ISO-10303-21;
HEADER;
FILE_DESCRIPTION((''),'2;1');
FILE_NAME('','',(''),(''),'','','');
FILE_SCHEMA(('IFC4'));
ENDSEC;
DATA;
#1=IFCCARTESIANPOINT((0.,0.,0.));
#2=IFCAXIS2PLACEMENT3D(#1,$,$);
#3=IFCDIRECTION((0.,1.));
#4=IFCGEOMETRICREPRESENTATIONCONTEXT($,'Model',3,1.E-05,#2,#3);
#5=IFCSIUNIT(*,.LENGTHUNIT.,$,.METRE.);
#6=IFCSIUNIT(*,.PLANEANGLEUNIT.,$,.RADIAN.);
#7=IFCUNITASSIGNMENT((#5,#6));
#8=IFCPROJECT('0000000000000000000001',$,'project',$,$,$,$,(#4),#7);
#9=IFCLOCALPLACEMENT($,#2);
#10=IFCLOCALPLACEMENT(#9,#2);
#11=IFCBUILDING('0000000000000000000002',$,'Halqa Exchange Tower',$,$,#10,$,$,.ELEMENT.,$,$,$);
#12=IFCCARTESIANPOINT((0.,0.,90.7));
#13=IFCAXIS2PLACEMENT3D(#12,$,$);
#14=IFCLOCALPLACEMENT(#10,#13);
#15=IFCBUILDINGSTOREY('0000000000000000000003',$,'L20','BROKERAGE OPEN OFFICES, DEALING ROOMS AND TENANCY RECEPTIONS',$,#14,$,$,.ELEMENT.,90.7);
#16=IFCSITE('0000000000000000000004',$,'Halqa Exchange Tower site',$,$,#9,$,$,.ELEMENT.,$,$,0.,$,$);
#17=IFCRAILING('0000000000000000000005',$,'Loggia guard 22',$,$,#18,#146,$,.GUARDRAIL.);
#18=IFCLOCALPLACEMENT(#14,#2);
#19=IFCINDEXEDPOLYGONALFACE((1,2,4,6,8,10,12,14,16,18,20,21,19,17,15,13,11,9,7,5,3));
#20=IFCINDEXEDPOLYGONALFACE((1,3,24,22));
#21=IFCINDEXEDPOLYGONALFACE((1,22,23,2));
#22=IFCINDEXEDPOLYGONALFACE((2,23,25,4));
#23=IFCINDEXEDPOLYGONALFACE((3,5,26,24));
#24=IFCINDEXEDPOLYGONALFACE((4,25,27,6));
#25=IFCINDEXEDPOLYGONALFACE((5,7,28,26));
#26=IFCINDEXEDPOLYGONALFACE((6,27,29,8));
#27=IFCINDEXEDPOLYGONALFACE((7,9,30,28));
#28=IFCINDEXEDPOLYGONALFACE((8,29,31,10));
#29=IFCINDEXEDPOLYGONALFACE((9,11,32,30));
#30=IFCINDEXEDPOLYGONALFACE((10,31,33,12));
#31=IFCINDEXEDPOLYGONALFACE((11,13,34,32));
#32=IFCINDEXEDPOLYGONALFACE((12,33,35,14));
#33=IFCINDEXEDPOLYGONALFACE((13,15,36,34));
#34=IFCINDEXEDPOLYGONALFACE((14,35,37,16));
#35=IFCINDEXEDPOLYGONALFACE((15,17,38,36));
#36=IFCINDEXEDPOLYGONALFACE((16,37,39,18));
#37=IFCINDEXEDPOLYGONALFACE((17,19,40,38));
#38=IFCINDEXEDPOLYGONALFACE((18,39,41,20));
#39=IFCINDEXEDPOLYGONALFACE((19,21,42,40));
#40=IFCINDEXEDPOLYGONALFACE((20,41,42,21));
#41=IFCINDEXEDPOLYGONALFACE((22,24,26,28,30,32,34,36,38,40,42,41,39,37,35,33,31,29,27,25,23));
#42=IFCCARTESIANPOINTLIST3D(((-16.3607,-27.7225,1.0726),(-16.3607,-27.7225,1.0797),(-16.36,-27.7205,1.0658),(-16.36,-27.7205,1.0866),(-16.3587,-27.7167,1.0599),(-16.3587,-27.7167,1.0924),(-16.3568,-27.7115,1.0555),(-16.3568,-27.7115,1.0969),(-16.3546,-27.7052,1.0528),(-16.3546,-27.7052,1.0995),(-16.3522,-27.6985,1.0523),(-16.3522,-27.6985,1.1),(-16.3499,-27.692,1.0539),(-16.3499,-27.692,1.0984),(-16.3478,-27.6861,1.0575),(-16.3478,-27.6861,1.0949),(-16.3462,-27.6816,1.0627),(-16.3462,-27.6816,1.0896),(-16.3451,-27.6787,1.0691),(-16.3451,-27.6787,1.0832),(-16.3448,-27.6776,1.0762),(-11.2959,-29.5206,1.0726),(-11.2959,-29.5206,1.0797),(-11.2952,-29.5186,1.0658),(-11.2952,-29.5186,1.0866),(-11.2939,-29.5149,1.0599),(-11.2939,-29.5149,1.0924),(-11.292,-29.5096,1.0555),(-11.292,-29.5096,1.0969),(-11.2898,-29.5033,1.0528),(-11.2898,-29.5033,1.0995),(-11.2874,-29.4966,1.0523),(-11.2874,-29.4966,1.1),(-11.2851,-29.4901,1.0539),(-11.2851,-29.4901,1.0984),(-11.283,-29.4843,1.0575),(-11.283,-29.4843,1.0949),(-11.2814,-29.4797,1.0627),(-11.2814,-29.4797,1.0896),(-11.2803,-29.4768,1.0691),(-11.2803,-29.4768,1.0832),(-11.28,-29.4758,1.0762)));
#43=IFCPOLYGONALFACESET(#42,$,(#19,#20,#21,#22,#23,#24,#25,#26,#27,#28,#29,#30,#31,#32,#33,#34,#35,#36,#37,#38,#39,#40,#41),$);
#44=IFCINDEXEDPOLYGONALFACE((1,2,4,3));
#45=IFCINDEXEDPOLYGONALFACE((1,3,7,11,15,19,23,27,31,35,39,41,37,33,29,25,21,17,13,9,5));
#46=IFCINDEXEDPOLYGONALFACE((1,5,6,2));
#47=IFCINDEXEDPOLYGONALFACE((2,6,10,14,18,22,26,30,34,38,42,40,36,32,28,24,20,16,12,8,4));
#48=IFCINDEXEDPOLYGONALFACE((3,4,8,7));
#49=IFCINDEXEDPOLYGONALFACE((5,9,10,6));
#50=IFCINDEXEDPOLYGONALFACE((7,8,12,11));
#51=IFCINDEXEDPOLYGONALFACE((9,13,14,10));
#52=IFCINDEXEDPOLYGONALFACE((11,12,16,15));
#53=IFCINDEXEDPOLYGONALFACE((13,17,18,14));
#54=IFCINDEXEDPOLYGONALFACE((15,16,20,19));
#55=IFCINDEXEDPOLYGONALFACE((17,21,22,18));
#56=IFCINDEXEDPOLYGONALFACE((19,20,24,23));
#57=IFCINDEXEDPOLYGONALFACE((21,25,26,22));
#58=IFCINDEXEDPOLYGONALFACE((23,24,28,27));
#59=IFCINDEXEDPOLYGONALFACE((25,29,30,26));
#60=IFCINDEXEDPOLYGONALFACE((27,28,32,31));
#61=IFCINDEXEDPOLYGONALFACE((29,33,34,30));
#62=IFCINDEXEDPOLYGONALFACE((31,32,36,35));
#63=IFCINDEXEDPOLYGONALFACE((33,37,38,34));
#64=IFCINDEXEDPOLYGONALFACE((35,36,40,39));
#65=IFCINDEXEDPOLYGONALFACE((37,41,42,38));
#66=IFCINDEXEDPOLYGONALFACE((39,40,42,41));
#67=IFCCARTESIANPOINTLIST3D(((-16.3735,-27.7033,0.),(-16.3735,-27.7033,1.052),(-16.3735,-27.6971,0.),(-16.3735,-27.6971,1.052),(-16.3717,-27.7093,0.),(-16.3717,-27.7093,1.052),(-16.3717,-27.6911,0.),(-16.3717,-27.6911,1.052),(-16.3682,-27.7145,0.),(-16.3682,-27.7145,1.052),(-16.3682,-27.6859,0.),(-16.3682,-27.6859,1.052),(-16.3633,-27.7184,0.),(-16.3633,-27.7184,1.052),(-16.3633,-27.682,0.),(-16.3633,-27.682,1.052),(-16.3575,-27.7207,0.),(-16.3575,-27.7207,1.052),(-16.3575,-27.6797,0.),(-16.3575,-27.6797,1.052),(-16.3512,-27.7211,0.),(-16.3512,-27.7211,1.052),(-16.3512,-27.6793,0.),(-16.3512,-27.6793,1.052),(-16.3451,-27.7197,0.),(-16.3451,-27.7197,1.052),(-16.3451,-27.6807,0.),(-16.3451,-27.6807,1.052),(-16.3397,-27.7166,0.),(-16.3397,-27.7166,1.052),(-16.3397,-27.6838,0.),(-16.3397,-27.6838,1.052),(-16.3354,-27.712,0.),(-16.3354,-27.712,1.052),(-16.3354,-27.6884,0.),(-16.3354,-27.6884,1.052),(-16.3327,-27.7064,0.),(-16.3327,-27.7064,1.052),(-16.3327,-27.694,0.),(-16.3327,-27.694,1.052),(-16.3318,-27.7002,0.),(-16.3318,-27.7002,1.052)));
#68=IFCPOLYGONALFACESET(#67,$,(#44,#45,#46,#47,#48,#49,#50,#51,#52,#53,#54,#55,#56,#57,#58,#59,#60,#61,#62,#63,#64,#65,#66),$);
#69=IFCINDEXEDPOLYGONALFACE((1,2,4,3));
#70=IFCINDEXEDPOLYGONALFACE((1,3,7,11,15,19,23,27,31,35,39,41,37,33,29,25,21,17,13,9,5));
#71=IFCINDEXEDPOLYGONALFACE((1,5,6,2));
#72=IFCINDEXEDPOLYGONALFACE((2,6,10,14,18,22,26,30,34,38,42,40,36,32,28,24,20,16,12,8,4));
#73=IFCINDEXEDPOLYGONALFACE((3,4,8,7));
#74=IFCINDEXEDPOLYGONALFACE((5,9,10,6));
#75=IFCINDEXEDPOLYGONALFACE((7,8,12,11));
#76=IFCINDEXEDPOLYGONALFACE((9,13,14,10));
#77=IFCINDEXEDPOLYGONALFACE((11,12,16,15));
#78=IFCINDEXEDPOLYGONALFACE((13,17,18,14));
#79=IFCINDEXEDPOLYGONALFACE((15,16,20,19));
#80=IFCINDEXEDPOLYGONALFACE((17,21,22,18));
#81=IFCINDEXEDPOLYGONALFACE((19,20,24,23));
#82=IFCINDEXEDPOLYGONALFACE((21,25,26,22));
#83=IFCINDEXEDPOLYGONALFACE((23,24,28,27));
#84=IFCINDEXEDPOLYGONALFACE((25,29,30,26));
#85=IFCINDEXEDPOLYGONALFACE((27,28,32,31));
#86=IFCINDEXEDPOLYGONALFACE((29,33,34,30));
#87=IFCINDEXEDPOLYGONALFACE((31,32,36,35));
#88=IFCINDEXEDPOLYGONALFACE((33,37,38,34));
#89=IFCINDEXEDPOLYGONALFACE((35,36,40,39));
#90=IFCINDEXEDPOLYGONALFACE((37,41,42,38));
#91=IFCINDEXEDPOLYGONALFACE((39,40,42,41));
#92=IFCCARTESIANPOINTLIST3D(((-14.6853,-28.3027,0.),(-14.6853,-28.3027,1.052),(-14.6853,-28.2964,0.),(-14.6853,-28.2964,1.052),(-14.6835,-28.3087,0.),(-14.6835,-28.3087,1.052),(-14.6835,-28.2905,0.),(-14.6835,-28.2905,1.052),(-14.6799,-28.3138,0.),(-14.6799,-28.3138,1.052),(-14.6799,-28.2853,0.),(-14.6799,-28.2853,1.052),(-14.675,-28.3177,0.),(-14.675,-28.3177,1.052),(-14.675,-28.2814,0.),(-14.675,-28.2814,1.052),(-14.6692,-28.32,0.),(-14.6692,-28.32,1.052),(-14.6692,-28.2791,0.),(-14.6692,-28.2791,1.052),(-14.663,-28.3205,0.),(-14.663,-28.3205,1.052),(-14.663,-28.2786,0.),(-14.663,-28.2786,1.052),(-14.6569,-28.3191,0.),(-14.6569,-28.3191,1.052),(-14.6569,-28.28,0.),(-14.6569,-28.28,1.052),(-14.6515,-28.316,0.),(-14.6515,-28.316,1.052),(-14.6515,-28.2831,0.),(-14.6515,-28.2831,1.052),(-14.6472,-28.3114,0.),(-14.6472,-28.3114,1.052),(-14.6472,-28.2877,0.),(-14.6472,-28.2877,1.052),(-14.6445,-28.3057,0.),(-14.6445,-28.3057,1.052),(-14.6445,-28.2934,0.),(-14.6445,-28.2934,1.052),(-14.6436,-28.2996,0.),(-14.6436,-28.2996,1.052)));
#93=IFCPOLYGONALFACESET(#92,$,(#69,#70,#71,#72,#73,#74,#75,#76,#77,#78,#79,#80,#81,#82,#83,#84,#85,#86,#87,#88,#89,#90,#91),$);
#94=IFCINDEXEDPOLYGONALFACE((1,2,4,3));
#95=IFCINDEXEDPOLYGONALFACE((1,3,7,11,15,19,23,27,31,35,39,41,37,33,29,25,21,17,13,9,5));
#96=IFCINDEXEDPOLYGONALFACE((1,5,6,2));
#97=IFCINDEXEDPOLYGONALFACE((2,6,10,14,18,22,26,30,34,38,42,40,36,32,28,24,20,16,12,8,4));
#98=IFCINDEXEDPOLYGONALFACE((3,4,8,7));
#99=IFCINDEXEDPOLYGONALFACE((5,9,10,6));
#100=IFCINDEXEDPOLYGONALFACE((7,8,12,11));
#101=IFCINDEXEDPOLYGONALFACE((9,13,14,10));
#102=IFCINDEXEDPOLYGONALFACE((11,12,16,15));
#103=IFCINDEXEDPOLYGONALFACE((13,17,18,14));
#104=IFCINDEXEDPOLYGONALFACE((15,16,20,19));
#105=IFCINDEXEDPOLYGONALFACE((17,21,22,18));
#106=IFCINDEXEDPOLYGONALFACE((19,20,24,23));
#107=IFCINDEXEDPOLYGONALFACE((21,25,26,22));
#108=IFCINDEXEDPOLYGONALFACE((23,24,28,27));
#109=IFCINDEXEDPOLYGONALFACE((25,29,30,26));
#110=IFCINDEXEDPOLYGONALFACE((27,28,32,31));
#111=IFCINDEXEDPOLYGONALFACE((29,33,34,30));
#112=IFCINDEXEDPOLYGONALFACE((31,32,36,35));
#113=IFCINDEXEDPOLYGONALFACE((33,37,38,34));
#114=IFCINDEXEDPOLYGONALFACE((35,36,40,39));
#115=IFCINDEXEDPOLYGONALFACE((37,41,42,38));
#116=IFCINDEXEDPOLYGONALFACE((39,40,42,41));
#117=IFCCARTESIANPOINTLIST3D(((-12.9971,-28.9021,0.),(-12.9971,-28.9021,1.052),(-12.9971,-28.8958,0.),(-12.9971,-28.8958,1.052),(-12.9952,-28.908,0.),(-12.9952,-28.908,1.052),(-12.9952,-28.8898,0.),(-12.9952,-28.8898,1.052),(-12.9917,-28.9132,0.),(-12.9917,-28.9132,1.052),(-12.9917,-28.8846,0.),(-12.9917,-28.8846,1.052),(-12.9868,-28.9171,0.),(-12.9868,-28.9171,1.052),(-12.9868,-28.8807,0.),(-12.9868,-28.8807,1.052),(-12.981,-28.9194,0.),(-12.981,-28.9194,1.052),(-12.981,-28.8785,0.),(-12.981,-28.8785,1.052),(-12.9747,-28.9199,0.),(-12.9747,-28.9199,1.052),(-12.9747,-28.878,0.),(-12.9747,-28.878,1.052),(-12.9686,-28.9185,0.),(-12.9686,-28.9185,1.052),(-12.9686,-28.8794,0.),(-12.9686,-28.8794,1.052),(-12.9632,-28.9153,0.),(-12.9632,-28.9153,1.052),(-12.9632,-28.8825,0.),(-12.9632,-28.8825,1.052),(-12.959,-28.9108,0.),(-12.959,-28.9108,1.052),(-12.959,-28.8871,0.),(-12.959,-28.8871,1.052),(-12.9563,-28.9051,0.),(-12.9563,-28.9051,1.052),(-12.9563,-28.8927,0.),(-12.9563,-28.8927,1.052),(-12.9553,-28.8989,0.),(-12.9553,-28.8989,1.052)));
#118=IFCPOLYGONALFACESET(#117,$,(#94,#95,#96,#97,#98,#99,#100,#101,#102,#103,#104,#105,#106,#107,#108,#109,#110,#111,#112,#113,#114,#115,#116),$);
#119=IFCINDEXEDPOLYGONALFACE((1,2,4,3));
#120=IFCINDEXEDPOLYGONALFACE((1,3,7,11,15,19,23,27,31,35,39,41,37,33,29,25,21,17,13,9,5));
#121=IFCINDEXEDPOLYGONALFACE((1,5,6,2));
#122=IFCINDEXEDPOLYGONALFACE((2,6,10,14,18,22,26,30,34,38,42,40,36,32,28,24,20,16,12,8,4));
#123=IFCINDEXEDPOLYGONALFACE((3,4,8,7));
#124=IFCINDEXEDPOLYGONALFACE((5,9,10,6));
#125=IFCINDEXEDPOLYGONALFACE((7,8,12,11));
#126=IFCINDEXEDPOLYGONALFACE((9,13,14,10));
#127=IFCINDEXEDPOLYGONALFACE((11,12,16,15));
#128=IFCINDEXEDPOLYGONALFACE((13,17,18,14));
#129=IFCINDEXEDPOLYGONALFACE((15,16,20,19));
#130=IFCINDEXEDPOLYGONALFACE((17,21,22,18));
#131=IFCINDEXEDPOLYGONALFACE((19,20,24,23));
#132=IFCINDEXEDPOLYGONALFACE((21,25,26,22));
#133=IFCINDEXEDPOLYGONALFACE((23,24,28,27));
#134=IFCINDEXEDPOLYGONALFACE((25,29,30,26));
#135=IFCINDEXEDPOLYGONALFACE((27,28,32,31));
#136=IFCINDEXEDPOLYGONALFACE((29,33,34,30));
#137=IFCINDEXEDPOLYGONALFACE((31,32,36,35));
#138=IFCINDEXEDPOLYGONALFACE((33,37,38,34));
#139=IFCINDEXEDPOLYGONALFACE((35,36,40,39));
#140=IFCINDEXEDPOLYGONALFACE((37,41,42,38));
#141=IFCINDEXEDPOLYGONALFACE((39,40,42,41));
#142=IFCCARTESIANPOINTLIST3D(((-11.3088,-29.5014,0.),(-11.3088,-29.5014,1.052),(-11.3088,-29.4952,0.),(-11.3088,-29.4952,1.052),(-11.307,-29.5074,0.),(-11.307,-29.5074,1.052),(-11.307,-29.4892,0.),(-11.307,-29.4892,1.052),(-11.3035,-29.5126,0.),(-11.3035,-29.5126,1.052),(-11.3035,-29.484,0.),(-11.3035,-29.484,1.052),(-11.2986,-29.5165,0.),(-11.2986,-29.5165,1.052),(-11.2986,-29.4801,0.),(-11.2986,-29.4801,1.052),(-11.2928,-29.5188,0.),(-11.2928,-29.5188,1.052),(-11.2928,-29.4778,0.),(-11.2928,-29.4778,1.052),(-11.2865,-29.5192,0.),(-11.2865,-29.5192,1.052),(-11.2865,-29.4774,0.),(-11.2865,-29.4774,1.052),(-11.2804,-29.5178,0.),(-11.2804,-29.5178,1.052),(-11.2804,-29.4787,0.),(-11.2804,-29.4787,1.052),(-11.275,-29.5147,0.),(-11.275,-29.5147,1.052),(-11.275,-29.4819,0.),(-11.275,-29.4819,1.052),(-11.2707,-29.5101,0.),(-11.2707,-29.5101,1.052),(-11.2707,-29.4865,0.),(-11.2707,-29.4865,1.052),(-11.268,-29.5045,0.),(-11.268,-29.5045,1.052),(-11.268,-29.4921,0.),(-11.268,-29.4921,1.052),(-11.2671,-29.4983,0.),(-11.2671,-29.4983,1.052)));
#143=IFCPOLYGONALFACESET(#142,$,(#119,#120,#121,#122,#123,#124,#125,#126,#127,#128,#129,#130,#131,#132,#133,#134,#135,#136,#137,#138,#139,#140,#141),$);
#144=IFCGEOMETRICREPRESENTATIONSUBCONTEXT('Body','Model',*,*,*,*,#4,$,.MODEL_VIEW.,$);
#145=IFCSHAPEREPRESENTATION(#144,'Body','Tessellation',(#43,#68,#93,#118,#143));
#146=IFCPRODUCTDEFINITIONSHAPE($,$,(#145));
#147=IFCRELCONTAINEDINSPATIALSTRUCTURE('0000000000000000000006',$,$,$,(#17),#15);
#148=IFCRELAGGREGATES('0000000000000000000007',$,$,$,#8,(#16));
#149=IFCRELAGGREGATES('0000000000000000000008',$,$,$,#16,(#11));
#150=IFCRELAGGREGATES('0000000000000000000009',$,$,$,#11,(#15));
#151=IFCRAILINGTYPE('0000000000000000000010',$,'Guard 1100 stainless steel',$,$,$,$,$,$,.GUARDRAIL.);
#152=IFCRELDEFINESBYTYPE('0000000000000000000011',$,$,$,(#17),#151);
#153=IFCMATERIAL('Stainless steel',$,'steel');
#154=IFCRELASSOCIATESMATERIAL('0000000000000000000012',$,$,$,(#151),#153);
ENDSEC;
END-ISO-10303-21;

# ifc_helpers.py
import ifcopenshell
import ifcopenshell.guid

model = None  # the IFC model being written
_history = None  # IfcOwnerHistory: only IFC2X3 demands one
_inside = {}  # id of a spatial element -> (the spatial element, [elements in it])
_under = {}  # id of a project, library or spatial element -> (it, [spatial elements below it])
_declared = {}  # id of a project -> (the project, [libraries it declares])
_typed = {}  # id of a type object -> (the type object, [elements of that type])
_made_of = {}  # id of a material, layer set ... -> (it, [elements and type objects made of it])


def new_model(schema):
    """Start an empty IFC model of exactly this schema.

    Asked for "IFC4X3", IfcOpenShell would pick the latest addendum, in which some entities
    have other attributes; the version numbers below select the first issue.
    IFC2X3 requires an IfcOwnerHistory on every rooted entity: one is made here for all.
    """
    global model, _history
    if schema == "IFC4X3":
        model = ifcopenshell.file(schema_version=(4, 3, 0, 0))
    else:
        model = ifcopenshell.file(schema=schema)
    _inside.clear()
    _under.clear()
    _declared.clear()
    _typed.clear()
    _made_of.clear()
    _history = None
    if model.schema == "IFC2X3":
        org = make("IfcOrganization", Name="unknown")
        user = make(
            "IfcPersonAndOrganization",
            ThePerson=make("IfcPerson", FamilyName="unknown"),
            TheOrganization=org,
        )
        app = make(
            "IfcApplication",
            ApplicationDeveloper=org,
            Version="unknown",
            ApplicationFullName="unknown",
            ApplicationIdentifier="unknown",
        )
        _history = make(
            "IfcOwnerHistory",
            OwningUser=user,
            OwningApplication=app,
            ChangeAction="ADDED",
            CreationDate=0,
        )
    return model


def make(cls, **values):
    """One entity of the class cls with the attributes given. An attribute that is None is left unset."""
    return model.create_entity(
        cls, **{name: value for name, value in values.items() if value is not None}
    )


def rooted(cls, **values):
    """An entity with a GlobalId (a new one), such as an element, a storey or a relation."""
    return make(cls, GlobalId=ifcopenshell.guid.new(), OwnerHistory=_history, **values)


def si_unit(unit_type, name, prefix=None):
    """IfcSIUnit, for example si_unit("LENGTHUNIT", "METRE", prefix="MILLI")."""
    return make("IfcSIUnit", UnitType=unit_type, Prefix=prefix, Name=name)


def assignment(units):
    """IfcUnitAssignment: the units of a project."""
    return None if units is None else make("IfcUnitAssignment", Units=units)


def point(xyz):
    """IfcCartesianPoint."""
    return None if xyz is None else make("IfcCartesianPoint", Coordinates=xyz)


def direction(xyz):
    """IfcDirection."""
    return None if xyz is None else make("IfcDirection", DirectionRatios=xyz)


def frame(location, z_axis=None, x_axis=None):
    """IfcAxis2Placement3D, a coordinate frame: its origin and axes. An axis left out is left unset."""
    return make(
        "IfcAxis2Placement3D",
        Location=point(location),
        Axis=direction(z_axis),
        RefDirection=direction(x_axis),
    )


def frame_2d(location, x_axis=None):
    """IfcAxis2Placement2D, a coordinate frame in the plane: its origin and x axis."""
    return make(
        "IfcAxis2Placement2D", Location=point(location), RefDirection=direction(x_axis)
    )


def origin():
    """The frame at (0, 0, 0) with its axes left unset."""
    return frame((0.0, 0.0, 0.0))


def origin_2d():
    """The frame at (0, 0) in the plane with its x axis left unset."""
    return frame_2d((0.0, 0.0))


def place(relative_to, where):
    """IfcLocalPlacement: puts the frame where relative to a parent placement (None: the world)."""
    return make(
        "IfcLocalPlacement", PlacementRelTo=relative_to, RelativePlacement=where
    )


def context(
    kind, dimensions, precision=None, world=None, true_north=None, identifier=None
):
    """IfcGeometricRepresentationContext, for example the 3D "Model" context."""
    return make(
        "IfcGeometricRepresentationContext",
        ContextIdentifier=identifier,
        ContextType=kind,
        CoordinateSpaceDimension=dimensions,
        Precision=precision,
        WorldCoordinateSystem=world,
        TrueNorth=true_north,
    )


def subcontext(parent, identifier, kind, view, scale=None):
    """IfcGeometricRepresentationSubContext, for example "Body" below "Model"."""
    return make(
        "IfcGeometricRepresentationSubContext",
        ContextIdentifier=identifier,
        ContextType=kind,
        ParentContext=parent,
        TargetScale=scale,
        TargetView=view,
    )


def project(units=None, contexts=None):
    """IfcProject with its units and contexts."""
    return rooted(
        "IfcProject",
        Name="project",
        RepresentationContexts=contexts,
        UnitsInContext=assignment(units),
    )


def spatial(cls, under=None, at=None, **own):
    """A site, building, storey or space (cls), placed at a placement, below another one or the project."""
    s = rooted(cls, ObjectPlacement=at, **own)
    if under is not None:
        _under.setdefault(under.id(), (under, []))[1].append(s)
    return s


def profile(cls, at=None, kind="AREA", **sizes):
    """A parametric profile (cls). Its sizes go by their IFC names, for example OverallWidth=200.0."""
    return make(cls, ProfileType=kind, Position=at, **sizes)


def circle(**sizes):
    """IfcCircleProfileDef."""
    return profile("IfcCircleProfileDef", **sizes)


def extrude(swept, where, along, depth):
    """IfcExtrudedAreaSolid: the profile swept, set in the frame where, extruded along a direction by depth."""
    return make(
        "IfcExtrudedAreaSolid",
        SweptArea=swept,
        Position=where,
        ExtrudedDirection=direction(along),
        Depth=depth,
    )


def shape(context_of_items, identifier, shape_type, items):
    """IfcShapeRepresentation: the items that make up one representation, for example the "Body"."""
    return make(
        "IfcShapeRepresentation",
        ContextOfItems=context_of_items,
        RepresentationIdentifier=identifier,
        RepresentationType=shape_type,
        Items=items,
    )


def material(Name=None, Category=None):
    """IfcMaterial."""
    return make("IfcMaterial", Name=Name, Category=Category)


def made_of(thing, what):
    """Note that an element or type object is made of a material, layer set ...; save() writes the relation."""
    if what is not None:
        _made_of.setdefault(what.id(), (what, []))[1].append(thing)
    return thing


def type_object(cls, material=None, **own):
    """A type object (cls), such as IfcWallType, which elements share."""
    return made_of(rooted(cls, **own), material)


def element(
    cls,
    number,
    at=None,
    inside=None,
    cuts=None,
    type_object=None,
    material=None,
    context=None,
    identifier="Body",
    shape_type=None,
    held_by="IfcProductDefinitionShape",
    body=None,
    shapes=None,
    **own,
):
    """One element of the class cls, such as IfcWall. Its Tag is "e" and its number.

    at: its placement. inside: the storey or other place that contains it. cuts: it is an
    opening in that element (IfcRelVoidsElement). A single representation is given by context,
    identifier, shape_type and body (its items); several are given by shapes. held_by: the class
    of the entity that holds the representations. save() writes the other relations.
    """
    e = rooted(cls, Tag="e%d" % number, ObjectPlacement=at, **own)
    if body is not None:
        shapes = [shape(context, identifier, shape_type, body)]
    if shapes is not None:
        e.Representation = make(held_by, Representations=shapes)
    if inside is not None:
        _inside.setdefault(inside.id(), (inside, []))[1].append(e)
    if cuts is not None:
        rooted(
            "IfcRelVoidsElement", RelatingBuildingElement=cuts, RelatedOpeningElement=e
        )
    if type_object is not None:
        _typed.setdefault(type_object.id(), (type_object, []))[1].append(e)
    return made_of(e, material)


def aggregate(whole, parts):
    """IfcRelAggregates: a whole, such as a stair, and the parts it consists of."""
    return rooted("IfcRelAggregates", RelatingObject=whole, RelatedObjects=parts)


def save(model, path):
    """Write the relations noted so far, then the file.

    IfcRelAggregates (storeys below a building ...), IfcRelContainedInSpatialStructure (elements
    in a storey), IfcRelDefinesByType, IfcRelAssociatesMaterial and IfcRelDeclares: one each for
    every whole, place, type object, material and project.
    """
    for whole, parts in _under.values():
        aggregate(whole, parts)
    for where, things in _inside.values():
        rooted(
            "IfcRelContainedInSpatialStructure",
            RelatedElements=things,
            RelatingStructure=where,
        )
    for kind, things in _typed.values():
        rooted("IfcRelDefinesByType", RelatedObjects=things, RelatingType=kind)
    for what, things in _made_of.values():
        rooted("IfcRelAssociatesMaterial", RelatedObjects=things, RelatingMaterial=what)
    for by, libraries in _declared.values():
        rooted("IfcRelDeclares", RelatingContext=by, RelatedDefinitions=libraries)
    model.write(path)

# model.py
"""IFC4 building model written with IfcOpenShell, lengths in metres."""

from ifc_helpers import new_model, si_unit, direction, frame, origin, origin_2d, place, context, subcontext, project, spatial, circle, extrude, material, type_object, element, save


model = new_model("IFC4")

# Units and contexts
model_context = context("Model", 3, precision=1e-05, world=origin(), true_north=direction((0.0, 1.0)))
body_context = subcontext(model_context, "Body", "Model", "MODEL_VIEW")
ifc_project = project(units=[si_unit("LENGTHUNIT", "METRE"), si_unit("PLANEANGLEUNIT", "RADIAN")], contexts=[model_context])

# Site, building, storey
site_placement = place(None, origin())
site = spatial("IfcSite", under=ifc_project, at=site_placement, Name="Halqa Exchange Tower site", CompositionType="ELEMENT", RefElevation=0.0)
building_placement = place(site_placement, origin())
building = spatial("IfcBuilding", under=site, at=building_placement, Name="Halqa Exchange Tower", CompositionType="ELEMENT")
storey_placement = place(building_placement, frame((0.0, 0.0, 90.7)))
storey = spatial("IfcBuildingStorey", under=building, at=storey_placement, Name="L20", Description="BROKERAGE OPEN OFFICES, DEALING ROOMS AND TENANCY RECEPTIONS", CompositionType="ELEMENT", Elevation=90.7)

# Railing
ifc_material_1 = material(Name="Stainless steel", Category="steel")
railing_type = type_object("IfcRailingType", Name="Guard 1100 stainless steel", PredefinedType="GUARDRAIL", material=ifc_material_1)
railing_1_placement = place(storey_placement, frame((-16.3528, -27.7002, 0.0)))
element("IfcRailing", 1, at=railing_1_placement, inside=storey, type_object=railing_type, Name="Loggia guard 22", PredefinedType="GUARDRAIL", context=body_context, shape_type="SweptSolid", body=[
    extrude(circle(Radius=0.0239, at=origin_2d()), frame((0.0, 0.0, 1.0762), z_axis=(0.942372, -0.334566, 0.0), x_axis=(0.334566, 0.942372, 0.0)), (0.0, 0.0, 1.0), 5.3745),
    extrude(circle(Radius=0.021, at=origin_2d()), origin(), (0.0, 0.0, 1.0), 1.052),
    extrude(circle(Radius=0.021, at=origin_2d()), frame((1.6882, -0.5994, 0.0)), (0.0, 0.0, 1.0), 1.052),
    extrude(circle(Radius=0.021, at=origin_2d()), frame((3.3765, -1.1987, 0.0)), (0.0, 0.0, 1.0), 1.052),
    extrude(circle(Radius=0.021, at=origin_2d()), frame((5.0647, -1.7981, 0.0)), (0.0, 0.0, 1.0), 1.052),
])

save(model, "model.ifc")
